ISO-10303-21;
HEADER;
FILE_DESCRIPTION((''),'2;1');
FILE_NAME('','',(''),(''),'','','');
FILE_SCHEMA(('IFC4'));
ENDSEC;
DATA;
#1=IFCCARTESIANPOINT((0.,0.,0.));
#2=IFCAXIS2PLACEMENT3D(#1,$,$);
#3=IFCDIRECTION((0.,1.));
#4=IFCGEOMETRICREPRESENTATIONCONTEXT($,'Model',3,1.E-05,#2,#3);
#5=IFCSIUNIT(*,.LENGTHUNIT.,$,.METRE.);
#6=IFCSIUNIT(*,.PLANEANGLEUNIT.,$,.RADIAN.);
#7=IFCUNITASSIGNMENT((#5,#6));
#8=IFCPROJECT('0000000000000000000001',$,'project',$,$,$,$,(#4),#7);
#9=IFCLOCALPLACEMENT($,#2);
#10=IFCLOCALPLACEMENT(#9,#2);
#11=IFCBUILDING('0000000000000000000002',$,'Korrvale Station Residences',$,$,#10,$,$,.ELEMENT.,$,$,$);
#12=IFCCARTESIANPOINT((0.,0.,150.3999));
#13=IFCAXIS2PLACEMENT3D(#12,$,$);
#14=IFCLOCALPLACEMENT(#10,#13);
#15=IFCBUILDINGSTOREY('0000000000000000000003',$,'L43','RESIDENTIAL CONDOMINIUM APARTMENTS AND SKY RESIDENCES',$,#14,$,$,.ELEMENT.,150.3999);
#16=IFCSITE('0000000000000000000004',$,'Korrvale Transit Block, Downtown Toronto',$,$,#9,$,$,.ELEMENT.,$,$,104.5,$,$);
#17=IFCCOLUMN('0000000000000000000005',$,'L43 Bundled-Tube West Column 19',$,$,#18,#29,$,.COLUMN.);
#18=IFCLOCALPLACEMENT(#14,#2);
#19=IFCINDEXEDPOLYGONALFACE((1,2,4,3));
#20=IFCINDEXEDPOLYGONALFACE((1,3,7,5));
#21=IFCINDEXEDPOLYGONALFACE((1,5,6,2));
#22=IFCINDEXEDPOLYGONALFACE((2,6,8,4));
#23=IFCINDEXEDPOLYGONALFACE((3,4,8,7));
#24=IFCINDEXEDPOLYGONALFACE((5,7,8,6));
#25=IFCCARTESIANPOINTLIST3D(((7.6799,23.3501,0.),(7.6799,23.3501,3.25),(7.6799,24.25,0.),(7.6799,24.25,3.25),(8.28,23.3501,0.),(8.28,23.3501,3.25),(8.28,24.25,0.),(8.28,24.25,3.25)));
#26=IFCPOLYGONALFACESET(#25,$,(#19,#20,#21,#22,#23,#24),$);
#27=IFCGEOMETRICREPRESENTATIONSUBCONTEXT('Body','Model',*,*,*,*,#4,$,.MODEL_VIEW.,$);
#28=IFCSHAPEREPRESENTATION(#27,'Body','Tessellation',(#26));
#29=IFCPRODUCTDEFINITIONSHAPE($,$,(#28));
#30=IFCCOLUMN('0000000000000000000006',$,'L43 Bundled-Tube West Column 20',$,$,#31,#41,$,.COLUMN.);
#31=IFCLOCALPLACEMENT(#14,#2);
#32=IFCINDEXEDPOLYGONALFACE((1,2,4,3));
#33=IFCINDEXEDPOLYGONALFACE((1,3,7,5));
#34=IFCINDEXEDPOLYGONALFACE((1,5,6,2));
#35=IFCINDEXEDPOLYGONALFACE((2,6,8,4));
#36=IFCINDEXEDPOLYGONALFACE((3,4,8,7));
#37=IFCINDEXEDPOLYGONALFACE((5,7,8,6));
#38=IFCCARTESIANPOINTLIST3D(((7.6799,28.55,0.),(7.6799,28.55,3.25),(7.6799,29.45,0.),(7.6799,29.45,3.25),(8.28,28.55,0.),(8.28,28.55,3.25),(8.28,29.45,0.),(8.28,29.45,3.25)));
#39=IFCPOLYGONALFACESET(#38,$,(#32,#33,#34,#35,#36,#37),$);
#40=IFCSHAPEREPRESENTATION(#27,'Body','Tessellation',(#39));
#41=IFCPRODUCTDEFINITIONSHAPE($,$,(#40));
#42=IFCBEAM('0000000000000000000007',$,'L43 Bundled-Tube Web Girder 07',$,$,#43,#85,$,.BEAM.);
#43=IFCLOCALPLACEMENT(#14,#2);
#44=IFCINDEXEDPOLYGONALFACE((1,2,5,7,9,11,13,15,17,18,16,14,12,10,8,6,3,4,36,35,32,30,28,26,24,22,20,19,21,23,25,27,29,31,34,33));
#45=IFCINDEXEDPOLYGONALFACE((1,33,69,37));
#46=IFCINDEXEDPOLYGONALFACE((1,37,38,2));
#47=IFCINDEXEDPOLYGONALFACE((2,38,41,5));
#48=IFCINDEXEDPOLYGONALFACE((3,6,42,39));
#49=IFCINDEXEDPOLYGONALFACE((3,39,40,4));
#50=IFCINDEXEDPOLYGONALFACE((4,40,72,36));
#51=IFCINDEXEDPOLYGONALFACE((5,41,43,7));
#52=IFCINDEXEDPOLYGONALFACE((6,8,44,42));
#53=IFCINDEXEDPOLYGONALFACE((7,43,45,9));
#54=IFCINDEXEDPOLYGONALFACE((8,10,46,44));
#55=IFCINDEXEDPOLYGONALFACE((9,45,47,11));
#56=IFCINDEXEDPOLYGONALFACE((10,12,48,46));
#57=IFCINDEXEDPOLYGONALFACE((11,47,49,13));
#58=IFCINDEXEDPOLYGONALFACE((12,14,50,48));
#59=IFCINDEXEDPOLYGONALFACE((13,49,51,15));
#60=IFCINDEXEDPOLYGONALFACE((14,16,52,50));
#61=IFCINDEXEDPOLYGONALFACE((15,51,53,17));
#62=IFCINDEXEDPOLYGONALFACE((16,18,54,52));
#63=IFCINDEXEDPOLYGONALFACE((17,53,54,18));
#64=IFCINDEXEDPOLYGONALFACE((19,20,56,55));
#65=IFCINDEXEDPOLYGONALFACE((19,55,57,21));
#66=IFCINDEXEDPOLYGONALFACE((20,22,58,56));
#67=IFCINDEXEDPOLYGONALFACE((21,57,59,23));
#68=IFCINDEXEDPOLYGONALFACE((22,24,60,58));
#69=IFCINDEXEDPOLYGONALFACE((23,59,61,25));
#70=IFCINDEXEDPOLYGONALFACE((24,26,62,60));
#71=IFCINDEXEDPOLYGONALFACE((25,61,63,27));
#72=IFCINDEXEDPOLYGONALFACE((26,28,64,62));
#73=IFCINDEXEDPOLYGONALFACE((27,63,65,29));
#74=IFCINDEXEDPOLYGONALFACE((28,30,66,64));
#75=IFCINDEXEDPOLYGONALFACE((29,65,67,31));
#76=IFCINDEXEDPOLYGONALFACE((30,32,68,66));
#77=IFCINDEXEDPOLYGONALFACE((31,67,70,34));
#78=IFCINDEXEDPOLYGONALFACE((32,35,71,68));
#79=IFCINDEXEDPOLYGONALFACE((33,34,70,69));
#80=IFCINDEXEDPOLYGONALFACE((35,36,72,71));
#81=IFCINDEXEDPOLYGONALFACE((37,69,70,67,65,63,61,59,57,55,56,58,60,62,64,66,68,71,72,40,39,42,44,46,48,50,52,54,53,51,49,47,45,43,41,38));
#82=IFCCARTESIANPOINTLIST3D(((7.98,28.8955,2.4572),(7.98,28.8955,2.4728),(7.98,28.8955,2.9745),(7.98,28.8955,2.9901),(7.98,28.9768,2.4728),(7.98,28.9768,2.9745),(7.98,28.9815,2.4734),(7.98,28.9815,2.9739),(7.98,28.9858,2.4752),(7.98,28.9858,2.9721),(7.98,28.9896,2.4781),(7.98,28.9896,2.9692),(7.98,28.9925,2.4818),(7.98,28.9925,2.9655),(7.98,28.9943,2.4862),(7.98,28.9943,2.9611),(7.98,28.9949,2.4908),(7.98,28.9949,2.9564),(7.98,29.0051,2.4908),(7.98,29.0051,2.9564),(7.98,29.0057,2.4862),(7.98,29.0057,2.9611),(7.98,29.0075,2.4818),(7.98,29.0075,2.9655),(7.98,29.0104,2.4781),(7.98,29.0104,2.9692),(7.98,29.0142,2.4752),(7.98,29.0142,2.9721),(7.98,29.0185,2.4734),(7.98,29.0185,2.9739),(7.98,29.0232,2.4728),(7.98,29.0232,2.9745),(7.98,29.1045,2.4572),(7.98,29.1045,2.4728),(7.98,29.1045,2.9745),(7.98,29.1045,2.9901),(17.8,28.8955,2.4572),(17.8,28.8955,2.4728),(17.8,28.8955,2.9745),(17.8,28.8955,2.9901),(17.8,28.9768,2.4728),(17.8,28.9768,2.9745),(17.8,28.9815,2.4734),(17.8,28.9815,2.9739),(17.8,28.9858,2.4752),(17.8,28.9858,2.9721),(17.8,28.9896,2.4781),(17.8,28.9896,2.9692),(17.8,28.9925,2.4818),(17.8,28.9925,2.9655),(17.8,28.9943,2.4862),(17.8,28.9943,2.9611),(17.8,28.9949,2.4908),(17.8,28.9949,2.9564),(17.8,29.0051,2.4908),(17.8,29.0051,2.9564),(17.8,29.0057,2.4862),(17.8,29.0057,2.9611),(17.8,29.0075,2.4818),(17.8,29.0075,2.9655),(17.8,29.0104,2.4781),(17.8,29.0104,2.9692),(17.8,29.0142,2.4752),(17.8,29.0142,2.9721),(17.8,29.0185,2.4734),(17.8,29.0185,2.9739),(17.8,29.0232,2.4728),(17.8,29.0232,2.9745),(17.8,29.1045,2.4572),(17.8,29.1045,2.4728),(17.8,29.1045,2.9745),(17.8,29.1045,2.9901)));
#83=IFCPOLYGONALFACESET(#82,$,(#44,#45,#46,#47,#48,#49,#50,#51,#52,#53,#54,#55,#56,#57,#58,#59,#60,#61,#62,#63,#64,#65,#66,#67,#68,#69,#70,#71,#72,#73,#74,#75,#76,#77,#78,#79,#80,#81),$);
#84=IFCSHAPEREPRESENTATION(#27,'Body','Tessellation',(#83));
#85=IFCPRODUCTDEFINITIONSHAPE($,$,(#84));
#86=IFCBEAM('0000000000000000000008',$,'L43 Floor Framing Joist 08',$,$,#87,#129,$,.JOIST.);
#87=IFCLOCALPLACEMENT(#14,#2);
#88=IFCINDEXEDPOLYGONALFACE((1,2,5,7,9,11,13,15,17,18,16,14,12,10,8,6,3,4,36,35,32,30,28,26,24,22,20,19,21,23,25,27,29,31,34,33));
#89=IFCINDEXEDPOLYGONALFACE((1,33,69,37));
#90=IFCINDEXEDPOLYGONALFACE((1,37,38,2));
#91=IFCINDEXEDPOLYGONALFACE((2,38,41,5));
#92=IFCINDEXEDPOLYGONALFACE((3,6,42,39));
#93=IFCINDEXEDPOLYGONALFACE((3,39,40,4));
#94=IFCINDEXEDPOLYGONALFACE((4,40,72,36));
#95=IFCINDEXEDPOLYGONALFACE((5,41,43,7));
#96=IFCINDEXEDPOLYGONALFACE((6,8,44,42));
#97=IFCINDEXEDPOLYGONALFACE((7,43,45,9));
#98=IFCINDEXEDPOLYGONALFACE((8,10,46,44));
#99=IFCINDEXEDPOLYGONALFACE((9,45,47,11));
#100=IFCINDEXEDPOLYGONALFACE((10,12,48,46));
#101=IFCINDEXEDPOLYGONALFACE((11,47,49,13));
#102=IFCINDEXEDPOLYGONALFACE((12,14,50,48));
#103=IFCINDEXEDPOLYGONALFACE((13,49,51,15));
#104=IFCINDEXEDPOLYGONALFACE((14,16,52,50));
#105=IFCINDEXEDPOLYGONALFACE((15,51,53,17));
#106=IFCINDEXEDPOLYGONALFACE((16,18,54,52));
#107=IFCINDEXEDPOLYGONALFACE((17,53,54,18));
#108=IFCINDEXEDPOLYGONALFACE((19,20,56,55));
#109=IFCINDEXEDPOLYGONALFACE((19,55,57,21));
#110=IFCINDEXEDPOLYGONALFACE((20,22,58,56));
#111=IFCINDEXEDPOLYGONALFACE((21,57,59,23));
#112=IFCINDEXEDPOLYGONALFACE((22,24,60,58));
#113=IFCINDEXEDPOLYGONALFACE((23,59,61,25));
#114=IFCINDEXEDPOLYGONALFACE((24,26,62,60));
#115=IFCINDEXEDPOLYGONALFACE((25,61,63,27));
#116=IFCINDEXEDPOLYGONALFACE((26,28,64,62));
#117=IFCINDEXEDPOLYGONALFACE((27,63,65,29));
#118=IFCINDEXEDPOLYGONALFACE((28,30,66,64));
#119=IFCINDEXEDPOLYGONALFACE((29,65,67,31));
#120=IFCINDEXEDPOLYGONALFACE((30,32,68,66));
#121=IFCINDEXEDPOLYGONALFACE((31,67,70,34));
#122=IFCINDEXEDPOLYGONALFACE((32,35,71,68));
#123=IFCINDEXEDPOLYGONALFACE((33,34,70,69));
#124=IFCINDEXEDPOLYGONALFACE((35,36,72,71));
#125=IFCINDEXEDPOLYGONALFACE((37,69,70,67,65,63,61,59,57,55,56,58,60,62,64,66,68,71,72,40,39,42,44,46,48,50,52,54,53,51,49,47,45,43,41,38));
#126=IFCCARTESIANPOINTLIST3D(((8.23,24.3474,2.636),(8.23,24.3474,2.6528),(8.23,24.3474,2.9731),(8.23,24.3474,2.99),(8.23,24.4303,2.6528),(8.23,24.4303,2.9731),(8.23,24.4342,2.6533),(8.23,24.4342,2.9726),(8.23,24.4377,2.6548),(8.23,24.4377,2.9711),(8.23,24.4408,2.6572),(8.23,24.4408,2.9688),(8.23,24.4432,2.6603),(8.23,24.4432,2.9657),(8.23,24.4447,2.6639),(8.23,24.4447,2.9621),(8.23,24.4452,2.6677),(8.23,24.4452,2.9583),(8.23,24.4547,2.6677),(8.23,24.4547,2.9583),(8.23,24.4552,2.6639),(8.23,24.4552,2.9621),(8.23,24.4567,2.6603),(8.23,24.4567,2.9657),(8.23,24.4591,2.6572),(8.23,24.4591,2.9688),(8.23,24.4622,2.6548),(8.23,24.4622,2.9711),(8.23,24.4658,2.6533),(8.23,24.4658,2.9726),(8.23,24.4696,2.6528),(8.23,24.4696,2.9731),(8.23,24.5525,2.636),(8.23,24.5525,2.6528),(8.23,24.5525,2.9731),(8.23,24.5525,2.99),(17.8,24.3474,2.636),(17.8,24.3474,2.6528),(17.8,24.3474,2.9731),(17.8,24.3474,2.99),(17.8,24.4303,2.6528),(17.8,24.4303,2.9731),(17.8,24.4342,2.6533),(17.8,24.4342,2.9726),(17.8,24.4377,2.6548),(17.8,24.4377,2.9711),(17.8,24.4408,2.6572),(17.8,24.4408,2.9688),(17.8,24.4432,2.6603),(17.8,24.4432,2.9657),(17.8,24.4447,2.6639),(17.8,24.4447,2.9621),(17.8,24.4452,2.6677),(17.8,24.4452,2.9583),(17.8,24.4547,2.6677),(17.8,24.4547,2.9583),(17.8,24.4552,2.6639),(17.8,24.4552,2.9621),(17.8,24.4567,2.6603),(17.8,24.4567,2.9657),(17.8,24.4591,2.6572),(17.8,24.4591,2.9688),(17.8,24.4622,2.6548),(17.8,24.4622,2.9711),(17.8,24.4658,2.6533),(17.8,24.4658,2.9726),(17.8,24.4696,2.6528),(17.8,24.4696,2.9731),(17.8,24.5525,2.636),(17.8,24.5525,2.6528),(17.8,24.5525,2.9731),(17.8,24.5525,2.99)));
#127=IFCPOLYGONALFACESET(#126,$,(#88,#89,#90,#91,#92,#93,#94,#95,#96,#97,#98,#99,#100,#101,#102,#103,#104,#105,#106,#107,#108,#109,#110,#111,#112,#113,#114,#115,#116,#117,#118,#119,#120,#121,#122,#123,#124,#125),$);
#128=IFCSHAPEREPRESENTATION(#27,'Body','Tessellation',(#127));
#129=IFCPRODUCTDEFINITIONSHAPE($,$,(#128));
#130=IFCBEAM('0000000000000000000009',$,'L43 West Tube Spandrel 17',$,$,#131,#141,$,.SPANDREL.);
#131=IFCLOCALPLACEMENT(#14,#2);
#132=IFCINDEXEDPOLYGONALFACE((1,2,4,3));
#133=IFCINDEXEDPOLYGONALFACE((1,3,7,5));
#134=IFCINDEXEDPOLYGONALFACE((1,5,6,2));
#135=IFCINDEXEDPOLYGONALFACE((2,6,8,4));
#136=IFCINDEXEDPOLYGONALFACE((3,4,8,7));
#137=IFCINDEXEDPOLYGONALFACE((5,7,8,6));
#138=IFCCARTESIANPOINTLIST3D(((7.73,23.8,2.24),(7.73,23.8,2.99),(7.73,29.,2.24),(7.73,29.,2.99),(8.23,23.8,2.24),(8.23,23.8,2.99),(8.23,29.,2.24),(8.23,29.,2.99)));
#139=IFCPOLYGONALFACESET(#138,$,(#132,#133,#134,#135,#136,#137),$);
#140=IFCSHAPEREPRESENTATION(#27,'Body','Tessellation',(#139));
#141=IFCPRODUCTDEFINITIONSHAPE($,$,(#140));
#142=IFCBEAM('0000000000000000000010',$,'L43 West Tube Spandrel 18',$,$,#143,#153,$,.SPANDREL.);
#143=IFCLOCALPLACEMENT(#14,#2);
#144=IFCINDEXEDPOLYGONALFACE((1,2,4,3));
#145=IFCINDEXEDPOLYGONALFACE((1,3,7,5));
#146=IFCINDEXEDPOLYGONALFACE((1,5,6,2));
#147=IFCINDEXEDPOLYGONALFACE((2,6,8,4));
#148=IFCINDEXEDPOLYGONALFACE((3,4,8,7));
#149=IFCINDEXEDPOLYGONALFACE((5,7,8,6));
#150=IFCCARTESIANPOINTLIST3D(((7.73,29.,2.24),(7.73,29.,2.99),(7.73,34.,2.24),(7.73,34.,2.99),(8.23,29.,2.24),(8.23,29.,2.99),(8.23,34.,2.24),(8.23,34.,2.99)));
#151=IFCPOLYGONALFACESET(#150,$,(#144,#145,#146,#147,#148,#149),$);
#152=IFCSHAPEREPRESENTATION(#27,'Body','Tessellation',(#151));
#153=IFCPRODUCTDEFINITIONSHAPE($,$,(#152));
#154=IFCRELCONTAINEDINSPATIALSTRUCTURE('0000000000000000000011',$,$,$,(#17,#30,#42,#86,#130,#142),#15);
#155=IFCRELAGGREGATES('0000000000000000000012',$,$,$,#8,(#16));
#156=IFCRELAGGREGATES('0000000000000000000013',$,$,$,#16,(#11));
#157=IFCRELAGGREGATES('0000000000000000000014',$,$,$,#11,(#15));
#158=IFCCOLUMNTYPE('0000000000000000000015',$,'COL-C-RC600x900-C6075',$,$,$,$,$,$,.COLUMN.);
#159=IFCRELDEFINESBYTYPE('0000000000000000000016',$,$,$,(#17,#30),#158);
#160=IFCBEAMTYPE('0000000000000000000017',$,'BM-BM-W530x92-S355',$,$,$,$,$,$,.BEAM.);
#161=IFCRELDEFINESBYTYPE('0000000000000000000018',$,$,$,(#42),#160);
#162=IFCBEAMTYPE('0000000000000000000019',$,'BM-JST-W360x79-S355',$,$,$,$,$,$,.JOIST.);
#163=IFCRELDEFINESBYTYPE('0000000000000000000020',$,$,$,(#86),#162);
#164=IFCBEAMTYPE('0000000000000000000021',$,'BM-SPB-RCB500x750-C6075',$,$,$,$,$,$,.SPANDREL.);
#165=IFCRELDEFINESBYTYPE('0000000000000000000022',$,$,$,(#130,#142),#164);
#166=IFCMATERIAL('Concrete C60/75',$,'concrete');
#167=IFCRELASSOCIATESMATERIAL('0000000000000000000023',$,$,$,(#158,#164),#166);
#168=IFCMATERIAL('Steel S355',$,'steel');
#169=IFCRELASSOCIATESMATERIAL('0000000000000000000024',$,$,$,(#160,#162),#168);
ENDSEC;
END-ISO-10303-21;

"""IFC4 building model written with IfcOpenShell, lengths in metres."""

from ifc_helpers import new_model, si_unit, direction, frame, origin, origin_2d, place, context, subcontext, project, spatial, rectangle, i_section, extrude, material, material_profile, profile_set, type_object, element, save


model = new_model("IFC4")

# Units and contexts
model_context = context("Model", 3, precision=1e-05, world=origin(), true_north=direction((0.0, 1.0)))
body_context = subcontext(model_context, "Body", "Model", "MODEL_VIEW")
ifc_project = project(units=[si_unit("LENGTHUNIT", "METRE"), si_unit("PLANEANGLEUNIT", "RADIAN")], contexts=[model_context])

# Site, building, storey
site_placement = place(None, origin())
site = spatial("IfcSite", under=ifc_project, at=site_placement, Name="Korrvale Transit Block, Downtown Toronto", CompositionType="ELEMENT", RefElevation=104.5)
building_placement = place(site_placement, origin())
building = spatial("IfcBuilding", under=site, at=building_placement, Name="Korrvale Station Residences", CompositionType="ELEMENT")
storey_placement = place(building_placement, frame((0.0, 0.0, 150.3999)))
storey = spatial("IfcBuildingStorey", under=building, at=storey_placement, Name="L43", Description="RESIDENTIAL CONDOMINIUM APARTMENTS AND SKY RESIDENCES", CompositionType="ELEMENT", Elevation=150.3999)

# Columns
ifc_material_1 = material(Name="Concrete C60/75", Category="concrete")
ifc_material_profile_1 = material_profile(ifc_material_1, rectangle(XDim=0.6001, YDim=0.8999, at=origin_2d()), Name="RC600x900")
ifc_profile_set_1 = profile_set([ifc_material_profile_1], Name="Concrete C60/75")
column_type = type_object("IfcColumnType", Name="COL-C-RC600x900-C6075", PredefinedType="COLUMN", material=ifc_profile_set_1)
for number, where, z_axis, x_axis, name in (
    (1, (7.98, 23.8, 0.0), (0.0, 0.0, 1.0), (1.0, 0.0, 0.0), "L43 Bundled-Tube West Column 19"),
    (2, (7.98, 29.0, 0.0), (0.0, 0.0, 1.0), (1.0, 0.0, 0.0), "L43 Bundled-Tube West Column 20"),
):
    element("IfcColumn", number, at=place(storey_placement, frame(where, z_axis=z_axis, x_axis=x_axis)), inside=storey, type_object=column_type, Name=name, PredefinedType="COLUMN", context=body_context, shape_type="SweptSolid", body=[
        extrude(rectangle(XDim=0.6001, YDim=0.8999, at=origin_2d()), origin(), (0.0, 0.0, 1.0), 3.25),
    ])

# Beams
ifc_material_2 = material(Name="Steel S355", Category="steel")
ifc_material_profile_2 = material_profile(ifc_material_2, i_section(OverallWidth=0.209, OverallDepth=0.533, WebThickness=0.0103, FlangeThickness=0.0156, FilletRadius=0.0181, at=origin_2d()), Name="W530x92")
ifc_profile_set_2 = profile_set([ifc_material_profile_2], Name="Steel S355")
beam_type_1 = type_object("IfcBeamType", Name="BM-BM-W530x92-S355", PredefinedType="BEAM", material=ifc_profile_set_2)
beam_1_placement = place(storey_placement, frame((7.98, 29.0, 2.7236), z_axis=(1.0, 0.0, 0.0), x_axis=(0.0, 1.0, 0.0)))
element("IfcBeam", 3, at=beam_1_placement, inside=storey, type_object=beam_type_1, Name="L43 Bundled-Tube Web Girder 07", PredefinedType="BEAM", context=body_context, shape_type="SweptSolid", body=[
    extrude(i_section(OverallWidth=0.209, OverallDepth=0.533, WebThickness=0.0103, FlangeThickness=0.0156, FilletRadius=0.0181, at=origin_2d()), origin(), (0.0, 0.0, 1.0), 9.8201),
])
ifc_material_profile_3 = material_profile(ifc_material_2, i_section(OverallWidth=0.2051, OverallDepth=0.354, WebThickness=0.0095, FlangeThickness=0.0168, FilletRadius=0.0149, at=origin_2d()), Name="W360x79")
ifc_profile_set_3 = profile_set([ifc_material_profile_3], Name="Steel S355")
beam_type_2 = type_object("IfcBeamType", Name="BM-JST-W360x79-S355", PredefinedType="JOIST", material=ifc_profile_set_3)
beam_2_placement = place(storey_placement, frame((8.23, 24.45, 2.813), z_axis=(1.0, 0.0, 0.0), x_axis=(0.0, 1.0, 0.0)))
element("IfcBeam", 4, at=beam_2_placement, inside=storey, type_object=beam_type_2, Name="L43 Floor Framing Joist 08", PredefinedType="JOIST", context=body_context, shape_type="SweptSolid", body=[
    extrude(i_section(OverallWidth=0.2051, OverallDepth=0.354, WebThickness=0.0095, FlangeThickness=0.0168, FilletRadius=0.0149, at=origin_2d()), origin(), (0.0, 0.0, 1.0), 9.5701),
])
ifc_material_profile_4 = material_profile(ifc_material_1, rectangle(XDim=0.5, YDim=0.75, at=origin_2d()), Name="RCB500x750")
ifc_profile_set_4 = profile_set([ifc_material_profile_4], Name="Concrete C60/75")
beam_type_3 = type_object("IfcBeamType", Name="BM-SPB-RCB500x750-C6075", PredefinedType="SPANDREL", material=ifc_profile_set_4)
beam_3_placement = place(storey_placement, frame((7.98, 23.8, 2.615), z_axis=(0.0, 1.0, 0.0), x_axis=(-1.0, 0.0, 0.0)))
element("IfcBeam", 5, at=beam_3_placement, inside=storey, type_object=beam_type_3, Name="L43 West Tube Spandrel 17", PredefinedType="SPANDREL", context=body_context, shape_type="SweptSolid", body=[
    extrude(rectangle(XDim=0.5, YDim=0.75, at=origin_2d()), origin(), (0.0, 0.0, 1.0), 5.2),
])
beam_4_placement = place(storey_placement, frame((7.98, 29.0, 2.615), z_axis=(0.0, 1.0, 0.0), x_axis=(-1.0, 0.0, 0.0)))
element("IfcBeam", 6, at=beam_4_placement, inside=storey, type_object=beam_type_3, Name="L43 West Tube Spandrel 18", PredefinedType="SPANDREL", context=body_context, shape_type="SweptSolid", body=[
    extrude(rectangle(XDim=0.5, YDim=0.75, at=origin_2d()), origin(), (0.0, 0.0, 1.0), 5.0),
])

save(model, "model.ifc")
